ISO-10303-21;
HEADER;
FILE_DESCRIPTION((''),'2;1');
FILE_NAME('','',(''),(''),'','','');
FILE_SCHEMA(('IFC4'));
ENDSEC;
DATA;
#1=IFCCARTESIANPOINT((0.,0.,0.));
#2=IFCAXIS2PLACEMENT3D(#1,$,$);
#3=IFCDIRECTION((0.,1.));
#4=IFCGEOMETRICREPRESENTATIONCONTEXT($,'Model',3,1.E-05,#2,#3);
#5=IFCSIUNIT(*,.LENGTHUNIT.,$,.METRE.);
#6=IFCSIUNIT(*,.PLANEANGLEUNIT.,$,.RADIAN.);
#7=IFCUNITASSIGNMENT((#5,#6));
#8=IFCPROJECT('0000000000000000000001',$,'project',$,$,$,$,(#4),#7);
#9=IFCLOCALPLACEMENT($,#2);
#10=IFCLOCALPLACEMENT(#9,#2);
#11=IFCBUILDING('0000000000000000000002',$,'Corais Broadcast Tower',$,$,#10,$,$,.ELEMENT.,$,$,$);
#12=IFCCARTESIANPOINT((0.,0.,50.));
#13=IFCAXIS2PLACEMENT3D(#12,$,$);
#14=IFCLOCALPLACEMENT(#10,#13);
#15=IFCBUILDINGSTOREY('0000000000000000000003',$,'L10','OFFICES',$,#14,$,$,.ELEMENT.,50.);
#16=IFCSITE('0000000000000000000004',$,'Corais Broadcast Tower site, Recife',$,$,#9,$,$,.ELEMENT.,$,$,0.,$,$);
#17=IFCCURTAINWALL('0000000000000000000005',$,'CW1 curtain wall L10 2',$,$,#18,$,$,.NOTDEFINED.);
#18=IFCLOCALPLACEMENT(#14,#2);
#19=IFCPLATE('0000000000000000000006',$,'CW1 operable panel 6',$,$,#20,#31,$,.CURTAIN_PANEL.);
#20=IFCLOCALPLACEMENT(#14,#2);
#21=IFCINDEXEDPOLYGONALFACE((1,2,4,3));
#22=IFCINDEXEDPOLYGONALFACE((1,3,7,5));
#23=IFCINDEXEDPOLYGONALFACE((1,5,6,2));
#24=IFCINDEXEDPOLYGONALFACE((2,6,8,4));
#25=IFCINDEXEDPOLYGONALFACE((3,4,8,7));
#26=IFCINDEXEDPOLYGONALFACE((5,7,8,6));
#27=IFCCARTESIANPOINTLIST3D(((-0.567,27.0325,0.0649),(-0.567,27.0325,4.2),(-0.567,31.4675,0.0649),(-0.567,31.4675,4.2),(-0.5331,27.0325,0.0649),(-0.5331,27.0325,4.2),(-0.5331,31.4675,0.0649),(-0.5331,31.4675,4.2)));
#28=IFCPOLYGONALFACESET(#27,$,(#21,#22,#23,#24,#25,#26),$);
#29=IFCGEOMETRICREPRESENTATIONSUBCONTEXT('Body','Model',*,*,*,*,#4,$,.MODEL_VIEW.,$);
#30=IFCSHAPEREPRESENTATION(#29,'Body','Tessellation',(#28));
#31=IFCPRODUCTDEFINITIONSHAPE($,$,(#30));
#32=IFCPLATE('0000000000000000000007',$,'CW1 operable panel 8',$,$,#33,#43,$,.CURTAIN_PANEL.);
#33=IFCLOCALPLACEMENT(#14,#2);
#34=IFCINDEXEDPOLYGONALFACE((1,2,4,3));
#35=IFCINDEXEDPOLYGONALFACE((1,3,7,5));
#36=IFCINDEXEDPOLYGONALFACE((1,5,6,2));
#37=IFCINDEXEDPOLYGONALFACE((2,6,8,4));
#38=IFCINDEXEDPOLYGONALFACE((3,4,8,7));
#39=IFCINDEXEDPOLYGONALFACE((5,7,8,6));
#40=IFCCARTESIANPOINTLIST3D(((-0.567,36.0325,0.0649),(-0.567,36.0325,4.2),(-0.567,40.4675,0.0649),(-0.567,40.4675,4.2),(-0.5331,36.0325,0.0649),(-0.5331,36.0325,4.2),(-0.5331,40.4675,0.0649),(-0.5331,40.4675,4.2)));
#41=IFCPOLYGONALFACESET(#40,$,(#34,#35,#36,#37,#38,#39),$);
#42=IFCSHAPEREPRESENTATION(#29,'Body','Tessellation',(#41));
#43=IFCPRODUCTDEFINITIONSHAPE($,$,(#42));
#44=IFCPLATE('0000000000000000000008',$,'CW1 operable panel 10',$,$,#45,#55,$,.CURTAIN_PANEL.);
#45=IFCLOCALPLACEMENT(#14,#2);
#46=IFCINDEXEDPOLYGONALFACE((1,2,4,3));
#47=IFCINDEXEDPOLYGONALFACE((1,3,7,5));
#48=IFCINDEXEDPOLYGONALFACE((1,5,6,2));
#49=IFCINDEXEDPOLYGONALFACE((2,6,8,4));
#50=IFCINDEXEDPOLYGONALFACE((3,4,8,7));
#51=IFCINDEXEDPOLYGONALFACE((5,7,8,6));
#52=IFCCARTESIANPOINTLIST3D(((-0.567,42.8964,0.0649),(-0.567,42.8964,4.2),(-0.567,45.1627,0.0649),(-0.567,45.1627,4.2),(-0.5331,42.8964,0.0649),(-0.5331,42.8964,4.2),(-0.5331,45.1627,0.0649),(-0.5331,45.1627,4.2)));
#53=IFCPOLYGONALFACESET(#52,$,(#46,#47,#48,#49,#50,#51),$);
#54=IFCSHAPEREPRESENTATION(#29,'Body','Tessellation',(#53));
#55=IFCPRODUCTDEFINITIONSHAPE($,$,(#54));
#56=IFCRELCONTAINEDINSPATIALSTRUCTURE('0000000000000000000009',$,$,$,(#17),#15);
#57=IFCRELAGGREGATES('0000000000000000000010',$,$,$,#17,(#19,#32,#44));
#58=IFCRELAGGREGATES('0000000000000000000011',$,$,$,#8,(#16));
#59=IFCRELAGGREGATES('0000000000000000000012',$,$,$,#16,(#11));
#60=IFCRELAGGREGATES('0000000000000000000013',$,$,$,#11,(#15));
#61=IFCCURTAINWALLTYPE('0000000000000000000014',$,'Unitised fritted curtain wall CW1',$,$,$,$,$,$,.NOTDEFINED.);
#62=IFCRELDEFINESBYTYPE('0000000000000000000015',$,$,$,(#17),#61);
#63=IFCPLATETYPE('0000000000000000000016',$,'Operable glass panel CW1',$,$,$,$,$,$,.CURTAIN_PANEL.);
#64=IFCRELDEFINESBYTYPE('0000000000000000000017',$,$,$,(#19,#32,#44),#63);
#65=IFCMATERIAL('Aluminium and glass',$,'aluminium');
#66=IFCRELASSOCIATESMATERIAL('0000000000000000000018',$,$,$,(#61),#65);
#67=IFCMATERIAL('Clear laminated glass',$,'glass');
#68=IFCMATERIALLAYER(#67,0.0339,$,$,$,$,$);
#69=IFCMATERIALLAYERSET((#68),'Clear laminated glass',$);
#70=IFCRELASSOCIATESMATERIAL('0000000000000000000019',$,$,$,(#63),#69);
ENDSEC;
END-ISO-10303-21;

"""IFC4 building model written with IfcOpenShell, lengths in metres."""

from ifc_helpers import new_model, si_unit, direction, frame, origin, origin_2d, place, context, subcontext, project, spatial, rectangle, extrude, material, layer, layer_set, type_object, element, aggregate, save


model = new_model("IFC4")

# Units and contexts
model_context = context("Model", 3, precision=1e-05, world=origin(), true_north=direction((0.0, 1.0)))
body_context = subcontext(model_context, "Body", "Model", "MODEL_VIEW")
ifc_project = project(units=[si_unit("LENGTHUNIT", "METRE"), si_unit("PLANEANGLEUNIT", "RADIAN")], contexts=[model_context])

# Site, building, storey
site_placement = place(None, origin())
site = spatial("IfcSite", under=ifc_project, at=site_placement, Name="Corais Broadcast Tower site, Recife", CompositionType="ELEMENT", RefElevation=0.0)
building_placement = place(site_placement, origin())
building = spatial("IfcBuilding", under=site, at=building_placement, Name="Corais Broadcast Tower", CompositionType="ELEMENT")
storey_placement = place(building_placement, frame((0.0, 0.0, 50.0)))
storey = spatial("IfcBuildingStorey", under=building, at=storey_placement, Name="L10", Description="OFFICES", CompositionType="ELEMENT", Elevation=50.0)

# Curtain wall
ifc_material_1 = material(Name="Aluminium and glass", Category="aluminium")
curtain_wall_type = type_object("IfcCurtainWallType", Name="Unitised fritted curtain wall CW1", PredefinedType="NOTDEFINED", material=ifc_material_1)
curtain_wall_placement = place(storey_placement, origin())
curtain_wall = element("IfcCurtainWall", 1, at=curtain_wall_placement, inside=storey, type_object=curtain_wall_type, Name="CW1 curtain wall L10 2", PredefinedType="NOTDEFINED")

# Plates
ifc_material_2 = material(Name="Clear laminated glass", Category="glass")
ifc_layer_1 = layer(ifc_material_2, 0.0339)
ifc_layer_set_1 = layer_set([ifc_layer_1], Name="Clear laminated glass")
plate_type_1 = type_object("IfcPlateType", Name="Operable glass panel CW1", PredefinedType="CURTAIN_PANEL", material=ifc_layer_set_1)
plate_1_placement = place(storey_placement, frame((-0.55, 29.25, 0.0649), z_axis=(0.0, 0.0, 1.0), x_axis=(0.0, 1.0, 0.0)))
plate_1 = element("IfcPlate", 2, at=plate_1_placement, type_object=plate_type_1, Name="CW1 operable panel 6", PredefinedType="CURTAIN_PANEL", context=body_context, shape_type="SweptSolid", body=[
    extrude(rectangle(XDim=4.4351, YDim=0.0339, at=origin_2d()), origin(), (0.0, 0.0, 1.0), 4.135),
])
plate_2_placement = place(storey_placement, frame((-0.55, 38.25, 0.0649), z_axis=(0.0, 0.0, 1.0), x_axis=(0.0, 1.0, 0.0)))
plate_2 = element("IfcPlate", 3, at=plate_2_placement, type_object=plate_type_1, Name="CW1 operable panel 8", PredefinedType="CURTAIN_PANEL", context=body_context, shape_type="SweptSolid", body=[
    extrude(rectangle(XDim=4.4351, YDim=0.0339, at=origin_2d()), origin(), (0.0, 0.0, 1.0), 4.135),
])
plate_3_placement = place(storey_placement, frame((-0.55, 44.0295, 0.0649), z_axis=(0.0, 0.0, 1.0), x_axis=(0.0, 1.0, 0.0)))
plate_3 = element("IfcPlate", 4, at=plate_3_placement, type_object=plate_type_1, Name="CW1 operable panel 10", PredefinedType="CURTAIN_PANEL", context=body_context, shape_type="SweptSolid", body=[
    extrude(rectangle(XDim=2.2664, YDim=0.0339, at=origin_2d()), origin(), (0.0, 0.0, 1.0), 4.135),
])
aggregate(curtain_wall, [plate_1, plate_2, plate_3])

save(model, "model.ifc")
